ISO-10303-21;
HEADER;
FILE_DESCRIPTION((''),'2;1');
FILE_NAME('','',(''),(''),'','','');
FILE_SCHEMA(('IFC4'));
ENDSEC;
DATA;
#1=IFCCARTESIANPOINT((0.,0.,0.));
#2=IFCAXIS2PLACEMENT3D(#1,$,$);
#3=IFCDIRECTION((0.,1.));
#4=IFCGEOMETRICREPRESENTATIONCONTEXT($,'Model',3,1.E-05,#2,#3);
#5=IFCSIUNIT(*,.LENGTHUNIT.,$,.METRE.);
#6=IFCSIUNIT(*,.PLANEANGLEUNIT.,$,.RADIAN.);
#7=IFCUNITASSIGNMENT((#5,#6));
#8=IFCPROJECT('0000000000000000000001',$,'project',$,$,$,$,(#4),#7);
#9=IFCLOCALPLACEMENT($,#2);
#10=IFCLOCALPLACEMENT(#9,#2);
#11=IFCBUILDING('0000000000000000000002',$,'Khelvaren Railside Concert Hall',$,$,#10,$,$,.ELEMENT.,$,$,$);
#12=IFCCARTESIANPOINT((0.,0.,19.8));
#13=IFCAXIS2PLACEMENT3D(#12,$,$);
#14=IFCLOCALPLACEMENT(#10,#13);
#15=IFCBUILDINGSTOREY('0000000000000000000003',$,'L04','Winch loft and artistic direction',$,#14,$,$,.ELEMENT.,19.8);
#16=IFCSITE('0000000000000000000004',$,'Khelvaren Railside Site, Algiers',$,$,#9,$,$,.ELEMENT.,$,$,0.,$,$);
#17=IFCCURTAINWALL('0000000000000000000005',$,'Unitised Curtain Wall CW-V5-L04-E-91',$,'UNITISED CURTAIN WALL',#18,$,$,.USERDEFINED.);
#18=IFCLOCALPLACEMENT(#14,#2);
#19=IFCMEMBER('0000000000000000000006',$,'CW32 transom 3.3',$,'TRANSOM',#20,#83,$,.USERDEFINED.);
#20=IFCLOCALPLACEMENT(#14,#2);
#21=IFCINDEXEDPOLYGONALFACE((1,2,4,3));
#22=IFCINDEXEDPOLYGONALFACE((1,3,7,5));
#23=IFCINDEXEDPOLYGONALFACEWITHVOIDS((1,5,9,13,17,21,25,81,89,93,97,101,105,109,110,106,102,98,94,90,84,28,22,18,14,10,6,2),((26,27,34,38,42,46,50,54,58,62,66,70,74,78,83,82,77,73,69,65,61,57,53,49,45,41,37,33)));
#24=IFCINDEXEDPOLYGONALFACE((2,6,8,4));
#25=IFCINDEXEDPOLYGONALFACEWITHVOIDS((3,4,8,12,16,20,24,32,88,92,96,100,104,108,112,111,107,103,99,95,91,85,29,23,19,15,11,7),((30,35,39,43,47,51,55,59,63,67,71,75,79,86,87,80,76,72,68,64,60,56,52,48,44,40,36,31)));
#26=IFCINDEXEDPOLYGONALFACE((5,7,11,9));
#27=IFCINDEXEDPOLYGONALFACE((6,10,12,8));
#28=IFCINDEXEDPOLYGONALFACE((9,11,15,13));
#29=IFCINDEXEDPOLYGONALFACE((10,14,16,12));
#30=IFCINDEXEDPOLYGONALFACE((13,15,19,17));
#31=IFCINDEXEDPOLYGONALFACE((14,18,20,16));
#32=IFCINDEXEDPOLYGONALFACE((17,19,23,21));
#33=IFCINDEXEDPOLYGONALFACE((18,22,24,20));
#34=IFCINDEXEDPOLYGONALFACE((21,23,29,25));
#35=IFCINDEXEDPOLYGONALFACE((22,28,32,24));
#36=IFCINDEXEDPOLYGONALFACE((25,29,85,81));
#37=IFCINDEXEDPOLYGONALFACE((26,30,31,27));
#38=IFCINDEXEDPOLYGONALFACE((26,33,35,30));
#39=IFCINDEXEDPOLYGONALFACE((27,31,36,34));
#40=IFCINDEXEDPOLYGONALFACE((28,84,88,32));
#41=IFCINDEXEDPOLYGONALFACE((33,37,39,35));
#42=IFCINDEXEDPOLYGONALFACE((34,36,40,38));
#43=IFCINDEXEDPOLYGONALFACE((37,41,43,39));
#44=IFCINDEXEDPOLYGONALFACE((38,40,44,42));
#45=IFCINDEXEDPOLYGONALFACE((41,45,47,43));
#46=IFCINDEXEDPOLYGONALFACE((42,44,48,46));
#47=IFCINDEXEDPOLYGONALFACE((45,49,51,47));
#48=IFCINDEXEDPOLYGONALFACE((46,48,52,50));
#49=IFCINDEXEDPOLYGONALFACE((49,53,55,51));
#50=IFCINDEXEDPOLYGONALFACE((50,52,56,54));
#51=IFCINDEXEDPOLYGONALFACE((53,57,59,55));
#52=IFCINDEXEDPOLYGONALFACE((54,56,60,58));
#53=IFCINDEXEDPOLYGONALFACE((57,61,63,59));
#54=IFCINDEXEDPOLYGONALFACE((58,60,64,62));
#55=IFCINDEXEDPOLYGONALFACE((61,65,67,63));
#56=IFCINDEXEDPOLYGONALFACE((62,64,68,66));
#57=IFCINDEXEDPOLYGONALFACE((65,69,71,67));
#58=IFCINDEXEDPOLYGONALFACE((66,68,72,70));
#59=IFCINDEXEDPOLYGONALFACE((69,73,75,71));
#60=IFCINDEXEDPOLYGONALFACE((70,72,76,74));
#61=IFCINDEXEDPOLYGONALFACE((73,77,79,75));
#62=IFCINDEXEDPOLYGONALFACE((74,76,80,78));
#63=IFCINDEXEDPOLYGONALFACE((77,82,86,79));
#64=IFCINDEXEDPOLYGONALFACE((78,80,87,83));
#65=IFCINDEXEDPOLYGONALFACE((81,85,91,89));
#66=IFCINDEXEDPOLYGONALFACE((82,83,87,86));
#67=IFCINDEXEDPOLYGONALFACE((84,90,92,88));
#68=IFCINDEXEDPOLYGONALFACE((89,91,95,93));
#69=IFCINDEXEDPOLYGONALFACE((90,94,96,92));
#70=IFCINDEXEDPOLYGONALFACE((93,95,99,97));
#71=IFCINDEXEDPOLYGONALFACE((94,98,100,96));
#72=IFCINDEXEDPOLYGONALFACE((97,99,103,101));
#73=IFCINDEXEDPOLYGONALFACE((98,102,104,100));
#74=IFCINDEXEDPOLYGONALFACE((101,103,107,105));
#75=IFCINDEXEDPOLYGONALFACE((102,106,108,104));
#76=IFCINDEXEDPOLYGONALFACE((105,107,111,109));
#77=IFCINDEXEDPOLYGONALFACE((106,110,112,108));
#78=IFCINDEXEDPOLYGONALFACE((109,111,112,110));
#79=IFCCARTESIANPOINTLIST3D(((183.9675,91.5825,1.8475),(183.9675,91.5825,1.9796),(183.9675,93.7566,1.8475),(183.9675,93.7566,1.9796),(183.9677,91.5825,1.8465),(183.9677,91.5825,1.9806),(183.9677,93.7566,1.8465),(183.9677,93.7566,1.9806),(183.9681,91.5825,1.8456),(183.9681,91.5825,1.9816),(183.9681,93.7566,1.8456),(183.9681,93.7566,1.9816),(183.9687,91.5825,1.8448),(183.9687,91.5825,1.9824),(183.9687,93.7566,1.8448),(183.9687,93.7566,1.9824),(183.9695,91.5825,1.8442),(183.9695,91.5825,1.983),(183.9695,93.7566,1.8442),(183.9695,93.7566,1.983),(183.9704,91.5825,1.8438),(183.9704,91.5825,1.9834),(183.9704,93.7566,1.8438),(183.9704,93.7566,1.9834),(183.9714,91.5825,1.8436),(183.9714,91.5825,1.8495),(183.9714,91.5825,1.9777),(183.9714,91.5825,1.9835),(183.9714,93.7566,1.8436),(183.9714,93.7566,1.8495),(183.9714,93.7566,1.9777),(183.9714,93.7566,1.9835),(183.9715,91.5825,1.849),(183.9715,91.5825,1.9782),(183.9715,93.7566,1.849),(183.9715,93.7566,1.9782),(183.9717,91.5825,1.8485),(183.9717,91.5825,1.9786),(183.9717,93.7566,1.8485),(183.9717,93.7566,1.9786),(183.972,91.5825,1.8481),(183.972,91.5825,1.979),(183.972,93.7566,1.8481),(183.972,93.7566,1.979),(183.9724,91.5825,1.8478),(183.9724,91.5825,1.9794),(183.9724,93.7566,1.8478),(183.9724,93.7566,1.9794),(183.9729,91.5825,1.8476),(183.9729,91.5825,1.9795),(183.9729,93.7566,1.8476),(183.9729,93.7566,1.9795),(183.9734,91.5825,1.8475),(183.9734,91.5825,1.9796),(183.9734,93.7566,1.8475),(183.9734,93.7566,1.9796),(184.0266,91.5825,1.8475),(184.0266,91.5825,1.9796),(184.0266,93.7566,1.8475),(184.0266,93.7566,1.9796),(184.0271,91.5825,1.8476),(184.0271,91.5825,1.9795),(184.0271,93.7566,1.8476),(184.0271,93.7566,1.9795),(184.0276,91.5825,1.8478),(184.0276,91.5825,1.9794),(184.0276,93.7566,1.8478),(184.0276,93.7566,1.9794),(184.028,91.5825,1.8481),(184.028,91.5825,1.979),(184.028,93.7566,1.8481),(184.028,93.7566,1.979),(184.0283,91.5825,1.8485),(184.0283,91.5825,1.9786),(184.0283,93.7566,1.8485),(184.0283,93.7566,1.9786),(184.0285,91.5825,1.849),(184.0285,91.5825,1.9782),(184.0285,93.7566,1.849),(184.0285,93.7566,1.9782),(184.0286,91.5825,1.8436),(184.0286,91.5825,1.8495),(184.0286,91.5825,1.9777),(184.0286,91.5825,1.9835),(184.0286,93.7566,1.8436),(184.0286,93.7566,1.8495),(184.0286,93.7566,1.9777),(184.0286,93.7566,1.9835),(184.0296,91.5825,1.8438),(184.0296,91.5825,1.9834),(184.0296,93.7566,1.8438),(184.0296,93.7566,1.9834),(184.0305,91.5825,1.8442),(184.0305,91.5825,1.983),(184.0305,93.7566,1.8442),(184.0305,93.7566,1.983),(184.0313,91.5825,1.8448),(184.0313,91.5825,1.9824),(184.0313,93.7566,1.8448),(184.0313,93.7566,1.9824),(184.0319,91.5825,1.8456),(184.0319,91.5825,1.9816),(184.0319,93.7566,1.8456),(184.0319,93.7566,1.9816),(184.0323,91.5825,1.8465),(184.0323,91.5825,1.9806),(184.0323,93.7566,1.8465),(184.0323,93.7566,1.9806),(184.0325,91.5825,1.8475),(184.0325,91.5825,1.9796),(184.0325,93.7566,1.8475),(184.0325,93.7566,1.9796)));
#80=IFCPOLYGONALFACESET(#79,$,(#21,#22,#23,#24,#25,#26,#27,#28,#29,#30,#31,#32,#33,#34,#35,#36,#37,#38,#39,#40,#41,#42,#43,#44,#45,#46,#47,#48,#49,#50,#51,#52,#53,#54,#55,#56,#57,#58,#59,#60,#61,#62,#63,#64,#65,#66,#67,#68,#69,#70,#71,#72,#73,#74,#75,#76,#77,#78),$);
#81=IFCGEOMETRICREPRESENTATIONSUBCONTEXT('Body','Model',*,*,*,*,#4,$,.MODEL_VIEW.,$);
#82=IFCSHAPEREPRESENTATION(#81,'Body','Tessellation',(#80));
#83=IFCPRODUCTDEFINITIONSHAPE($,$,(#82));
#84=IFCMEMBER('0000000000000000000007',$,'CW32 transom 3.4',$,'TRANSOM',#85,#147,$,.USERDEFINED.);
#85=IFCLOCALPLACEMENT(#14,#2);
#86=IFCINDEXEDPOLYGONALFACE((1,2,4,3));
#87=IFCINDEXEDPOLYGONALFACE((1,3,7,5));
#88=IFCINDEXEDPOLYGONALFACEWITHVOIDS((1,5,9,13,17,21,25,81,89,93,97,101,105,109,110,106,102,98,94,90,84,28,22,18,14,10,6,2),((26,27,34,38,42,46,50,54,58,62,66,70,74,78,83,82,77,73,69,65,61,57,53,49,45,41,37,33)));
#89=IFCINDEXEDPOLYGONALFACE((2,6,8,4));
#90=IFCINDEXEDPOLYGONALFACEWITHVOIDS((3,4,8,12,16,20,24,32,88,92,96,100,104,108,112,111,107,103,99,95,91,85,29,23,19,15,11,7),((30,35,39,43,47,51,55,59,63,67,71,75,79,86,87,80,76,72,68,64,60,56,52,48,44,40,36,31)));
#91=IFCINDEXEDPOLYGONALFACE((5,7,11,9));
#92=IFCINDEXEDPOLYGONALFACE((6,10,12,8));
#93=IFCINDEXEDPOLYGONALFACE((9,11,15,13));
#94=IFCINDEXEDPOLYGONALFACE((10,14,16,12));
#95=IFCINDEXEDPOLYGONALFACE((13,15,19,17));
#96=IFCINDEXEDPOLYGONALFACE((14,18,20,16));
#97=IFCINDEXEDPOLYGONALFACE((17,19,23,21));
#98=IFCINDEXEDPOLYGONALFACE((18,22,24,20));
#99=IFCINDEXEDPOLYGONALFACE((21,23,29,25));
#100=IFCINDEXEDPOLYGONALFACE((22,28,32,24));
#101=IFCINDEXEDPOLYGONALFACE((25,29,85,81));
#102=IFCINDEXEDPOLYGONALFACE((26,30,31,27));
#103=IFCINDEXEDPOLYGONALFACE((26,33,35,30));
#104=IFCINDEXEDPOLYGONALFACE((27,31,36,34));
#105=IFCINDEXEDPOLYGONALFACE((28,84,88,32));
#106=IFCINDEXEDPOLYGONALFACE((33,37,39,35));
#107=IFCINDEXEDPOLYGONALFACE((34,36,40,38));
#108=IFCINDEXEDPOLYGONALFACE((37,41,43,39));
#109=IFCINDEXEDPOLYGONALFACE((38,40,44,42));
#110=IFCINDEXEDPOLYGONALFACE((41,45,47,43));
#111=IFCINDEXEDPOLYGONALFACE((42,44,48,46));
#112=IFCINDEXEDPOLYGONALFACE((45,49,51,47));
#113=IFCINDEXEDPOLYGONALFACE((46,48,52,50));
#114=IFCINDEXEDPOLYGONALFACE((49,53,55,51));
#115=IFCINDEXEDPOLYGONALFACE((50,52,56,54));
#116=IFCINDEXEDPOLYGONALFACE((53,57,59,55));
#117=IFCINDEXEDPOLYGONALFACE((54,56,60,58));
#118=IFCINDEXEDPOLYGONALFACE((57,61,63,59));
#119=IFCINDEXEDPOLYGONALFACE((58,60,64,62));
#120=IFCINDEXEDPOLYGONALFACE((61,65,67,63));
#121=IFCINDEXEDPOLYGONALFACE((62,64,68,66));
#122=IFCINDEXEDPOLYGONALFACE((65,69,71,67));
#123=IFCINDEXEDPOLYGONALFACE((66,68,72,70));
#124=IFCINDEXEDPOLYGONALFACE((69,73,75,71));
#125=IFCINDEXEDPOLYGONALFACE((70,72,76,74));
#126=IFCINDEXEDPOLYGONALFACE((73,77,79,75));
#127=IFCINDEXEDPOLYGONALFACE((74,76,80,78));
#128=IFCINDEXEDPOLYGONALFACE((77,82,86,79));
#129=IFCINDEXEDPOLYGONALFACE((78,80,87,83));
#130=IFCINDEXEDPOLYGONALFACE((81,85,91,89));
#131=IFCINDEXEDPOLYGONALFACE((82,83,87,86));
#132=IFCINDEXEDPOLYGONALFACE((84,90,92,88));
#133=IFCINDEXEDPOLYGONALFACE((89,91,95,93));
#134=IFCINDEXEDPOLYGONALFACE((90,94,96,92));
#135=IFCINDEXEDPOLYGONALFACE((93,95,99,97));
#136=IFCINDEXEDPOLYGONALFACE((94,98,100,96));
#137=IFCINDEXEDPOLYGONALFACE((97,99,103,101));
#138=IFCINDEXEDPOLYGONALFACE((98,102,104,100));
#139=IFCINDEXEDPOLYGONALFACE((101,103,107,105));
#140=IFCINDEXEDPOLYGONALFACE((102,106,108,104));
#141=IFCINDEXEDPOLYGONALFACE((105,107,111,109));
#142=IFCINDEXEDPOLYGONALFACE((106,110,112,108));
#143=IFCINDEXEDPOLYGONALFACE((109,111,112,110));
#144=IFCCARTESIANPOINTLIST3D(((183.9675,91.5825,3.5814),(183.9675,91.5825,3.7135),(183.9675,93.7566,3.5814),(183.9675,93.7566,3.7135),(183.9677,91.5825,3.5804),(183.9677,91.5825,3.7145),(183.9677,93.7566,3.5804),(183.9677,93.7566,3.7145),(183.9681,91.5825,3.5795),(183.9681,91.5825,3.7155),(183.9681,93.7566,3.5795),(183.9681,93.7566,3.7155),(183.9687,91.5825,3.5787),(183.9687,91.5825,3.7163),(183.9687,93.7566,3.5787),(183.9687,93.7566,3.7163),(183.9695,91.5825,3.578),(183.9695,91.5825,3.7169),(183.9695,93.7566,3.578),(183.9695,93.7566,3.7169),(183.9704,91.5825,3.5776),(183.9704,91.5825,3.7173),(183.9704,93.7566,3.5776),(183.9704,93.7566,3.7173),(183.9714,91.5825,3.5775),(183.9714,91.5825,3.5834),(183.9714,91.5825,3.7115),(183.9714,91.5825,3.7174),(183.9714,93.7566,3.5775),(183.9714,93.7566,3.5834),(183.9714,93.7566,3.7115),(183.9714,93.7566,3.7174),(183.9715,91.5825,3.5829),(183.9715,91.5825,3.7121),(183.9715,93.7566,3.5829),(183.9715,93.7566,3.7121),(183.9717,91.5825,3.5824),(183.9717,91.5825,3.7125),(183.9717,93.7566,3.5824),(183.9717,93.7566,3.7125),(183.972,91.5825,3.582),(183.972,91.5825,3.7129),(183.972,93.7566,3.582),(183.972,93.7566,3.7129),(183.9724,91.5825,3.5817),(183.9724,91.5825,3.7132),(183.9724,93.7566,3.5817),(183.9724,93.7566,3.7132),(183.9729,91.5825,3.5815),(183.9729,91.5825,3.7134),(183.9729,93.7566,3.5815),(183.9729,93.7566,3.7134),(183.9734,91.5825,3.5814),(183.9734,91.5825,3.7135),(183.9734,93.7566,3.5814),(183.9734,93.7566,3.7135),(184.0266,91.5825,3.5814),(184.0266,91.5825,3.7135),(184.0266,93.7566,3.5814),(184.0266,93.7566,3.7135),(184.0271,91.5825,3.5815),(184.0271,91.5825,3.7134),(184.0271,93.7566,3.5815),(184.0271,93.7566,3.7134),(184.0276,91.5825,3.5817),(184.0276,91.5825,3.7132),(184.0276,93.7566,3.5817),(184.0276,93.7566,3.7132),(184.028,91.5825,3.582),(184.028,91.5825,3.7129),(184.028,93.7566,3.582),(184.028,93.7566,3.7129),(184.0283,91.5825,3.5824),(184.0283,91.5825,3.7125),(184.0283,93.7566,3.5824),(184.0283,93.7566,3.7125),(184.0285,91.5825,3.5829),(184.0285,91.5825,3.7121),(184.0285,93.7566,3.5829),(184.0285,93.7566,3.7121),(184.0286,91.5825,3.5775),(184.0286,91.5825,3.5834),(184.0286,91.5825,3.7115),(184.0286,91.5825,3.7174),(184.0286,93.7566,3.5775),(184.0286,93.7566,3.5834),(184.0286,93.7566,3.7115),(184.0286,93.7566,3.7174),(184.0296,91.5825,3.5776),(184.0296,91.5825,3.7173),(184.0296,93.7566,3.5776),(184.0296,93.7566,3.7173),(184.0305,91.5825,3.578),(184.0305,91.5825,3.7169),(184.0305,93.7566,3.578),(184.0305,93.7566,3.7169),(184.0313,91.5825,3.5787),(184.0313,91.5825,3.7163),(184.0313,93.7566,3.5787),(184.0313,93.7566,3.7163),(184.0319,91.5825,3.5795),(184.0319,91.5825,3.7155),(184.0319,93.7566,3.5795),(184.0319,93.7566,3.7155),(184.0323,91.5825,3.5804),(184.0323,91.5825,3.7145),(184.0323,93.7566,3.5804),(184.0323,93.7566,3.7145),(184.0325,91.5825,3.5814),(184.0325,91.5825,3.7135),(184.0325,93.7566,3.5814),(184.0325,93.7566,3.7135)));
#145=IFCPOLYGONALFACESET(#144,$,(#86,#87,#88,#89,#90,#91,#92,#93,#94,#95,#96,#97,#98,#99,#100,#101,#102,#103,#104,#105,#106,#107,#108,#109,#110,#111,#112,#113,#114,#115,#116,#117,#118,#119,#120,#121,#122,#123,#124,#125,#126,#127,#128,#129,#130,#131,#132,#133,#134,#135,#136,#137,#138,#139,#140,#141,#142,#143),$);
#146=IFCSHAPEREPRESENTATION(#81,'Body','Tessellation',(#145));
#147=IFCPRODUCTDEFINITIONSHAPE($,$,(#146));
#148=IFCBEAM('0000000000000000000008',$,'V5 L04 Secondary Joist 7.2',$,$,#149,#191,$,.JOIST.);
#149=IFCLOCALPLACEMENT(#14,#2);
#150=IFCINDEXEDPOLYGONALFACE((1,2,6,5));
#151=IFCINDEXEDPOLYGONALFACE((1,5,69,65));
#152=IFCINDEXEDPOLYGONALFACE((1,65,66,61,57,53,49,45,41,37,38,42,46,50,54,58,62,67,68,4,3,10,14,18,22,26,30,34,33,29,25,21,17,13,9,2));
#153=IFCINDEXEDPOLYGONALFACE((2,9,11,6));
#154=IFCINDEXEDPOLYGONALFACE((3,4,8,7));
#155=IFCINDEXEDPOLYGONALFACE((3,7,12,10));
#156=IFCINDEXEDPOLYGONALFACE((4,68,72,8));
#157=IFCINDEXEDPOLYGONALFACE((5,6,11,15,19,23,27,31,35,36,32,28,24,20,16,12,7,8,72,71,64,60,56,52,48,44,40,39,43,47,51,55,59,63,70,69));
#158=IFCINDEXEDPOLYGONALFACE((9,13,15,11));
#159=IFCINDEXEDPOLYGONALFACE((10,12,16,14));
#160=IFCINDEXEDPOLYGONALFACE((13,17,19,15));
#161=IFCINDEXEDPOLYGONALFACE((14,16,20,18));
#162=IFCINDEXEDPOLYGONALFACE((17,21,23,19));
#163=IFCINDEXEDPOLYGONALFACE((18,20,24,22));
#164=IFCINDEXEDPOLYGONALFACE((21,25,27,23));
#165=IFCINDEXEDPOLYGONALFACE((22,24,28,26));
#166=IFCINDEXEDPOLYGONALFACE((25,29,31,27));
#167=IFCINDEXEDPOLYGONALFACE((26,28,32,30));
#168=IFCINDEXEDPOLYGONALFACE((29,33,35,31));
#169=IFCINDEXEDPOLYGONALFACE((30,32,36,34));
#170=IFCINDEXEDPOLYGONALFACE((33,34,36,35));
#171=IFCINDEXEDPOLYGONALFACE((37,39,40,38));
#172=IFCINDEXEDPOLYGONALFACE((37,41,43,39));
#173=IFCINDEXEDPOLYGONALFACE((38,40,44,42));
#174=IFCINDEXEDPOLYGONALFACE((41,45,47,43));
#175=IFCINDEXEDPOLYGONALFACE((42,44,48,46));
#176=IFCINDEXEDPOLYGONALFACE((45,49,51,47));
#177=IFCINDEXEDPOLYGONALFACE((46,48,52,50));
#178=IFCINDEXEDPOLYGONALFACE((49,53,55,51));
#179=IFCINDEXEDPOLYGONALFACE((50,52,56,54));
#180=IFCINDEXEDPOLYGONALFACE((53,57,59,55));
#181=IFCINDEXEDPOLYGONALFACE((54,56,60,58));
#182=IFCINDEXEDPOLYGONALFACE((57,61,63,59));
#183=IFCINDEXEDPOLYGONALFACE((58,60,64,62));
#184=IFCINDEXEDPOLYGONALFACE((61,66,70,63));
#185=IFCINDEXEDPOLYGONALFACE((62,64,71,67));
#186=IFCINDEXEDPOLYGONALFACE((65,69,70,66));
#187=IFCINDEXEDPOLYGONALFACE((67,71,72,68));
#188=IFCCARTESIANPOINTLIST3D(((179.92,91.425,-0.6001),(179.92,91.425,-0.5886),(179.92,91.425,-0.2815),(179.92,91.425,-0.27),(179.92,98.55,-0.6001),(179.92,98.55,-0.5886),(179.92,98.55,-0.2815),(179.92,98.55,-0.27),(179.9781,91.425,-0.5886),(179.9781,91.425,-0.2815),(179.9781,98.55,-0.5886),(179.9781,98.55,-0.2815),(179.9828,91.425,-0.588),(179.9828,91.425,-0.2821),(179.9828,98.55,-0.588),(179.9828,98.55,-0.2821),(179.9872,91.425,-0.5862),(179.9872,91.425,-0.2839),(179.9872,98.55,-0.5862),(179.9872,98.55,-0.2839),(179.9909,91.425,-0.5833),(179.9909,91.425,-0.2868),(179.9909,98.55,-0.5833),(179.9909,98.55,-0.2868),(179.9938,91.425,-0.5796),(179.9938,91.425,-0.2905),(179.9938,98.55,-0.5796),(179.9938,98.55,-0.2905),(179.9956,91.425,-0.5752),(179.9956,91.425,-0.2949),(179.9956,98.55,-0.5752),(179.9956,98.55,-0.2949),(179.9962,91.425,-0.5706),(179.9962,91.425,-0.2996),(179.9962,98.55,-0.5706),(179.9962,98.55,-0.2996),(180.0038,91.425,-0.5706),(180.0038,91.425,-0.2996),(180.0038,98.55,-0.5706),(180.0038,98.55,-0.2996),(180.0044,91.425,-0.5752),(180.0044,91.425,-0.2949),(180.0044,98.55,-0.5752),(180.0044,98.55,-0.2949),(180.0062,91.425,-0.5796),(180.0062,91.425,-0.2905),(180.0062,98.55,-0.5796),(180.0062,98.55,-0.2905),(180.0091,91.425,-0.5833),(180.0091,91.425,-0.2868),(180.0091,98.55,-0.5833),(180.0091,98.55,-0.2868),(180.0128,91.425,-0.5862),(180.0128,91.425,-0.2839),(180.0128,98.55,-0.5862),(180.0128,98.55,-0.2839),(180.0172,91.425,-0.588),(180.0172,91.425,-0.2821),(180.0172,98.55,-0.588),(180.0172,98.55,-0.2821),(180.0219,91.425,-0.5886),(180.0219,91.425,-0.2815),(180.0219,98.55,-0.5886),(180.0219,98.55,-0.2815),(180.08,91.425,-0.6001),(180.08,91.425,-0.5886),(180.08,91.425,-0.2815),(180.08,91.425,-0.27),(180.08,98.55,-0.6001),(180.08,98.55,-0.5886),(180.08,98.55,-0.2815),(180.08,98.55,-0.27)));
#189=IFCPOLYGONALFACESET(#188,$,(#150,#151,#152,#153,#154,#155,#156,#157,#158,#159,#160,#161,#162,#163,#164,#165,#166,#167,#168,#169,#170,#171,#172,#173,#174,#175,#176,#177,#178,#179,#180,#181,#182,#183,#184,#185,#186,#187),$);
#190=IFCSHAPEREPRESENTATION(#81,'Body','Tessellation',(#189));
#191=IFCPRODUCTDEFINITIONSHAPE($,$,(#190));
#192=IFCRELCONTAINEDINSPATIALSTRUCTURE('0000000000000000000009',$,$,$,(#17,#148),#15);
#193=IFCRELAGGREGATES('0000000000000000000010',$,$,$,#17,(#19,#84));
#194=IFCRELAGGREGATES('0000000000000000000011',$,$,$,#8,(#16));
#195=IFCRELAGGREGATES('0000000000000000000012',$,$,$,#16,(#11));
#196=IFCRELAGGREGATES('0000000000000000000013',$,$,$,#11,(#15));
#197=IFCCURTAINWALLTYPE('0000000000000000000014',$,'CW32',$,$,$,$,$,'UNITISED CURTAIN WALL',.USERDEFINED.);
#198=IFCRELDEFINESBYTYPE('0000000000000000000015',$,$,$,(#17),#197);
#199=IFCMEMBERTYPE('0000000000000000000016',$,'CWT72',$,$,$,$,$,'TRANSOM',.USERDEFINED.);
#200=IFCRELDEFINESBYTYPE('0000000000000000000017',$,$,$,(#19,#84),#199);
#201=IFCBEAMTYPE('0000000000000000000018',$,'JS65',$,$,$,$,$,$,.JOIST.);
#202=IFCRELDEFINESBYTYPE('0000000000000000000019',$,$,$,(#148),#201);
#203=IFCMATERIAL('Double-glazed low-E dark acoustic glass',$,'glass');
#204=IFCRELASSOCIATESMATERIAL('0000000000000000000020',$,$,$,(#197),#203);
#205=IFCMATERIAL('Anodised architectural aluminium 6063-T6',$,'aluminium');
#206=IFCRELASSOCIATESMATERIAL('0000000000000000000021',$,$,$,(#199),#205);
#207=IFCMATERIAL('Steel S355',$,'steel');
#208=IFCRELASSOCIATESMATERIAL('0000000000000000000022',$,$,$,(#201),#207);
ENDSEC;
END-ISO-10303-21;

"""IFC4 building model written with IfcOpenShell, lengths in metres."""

from ifc_helpers import new_model, si_unit, direction, frame, origin, origin_2d, place, context, subcontext, project, spatial, hollow_rectangle, i_section, extrude, material, material_profile, profile_set, type_object, element, aggregate, save


model = new_model("IFC4")

# Units and contexts
model_context = context("Model", 3, precision=1e-05, world=origin(), true_north=direction((0.0, 1.0)))
body_context = subcontext(model_context, "Body", "Model", "MODEL_VIEW")
ifc_project = project(units=[si_unit("LENGTHUNIT", "METRE"), si_unit("PLANEANGLEUNIT", "RADIAN")], contexts=[model_context])

# Site, building, storey
site_placement = place(None, origin())
site = spatial("IfcSite", under=ifc_project, at=site_placement, Name="Khelvaren Railside Site, Algiers", CompositionType="ELEMENT", RefElevation=0.0)
building_placement = place(site_placement, origin())
building = spatial("IfcBuilding", under=site, at=building_placement, Name="Khelvaren Railside Concert Hall", CompositionType="ELEMENT")
storey_placement = place(building_placement, frame((0.0, 0.0, 19.8)))
storey = spatial("IfcBuildingStorey", under=building, at=storey_placement, Name="L04", Description="Winch loft and artistic direction", CompositionType="ELEMENT", Elevation=19.8)

# Curtain wall
ifc_material_1 = material(Name="Anodised architectural aluminium 6063-T6", Category="aluminium")
ifc_material_2 = material(Name="Double-glazed low-E dark acoustic glass", Category="glass")
curtain_wall_type_1 = type_object("IfcCurtainWallType", Name="CW32", ElementType="UNITISED CURTAIN WALL", PredefinedType="USERDEFINED", material=ifc_material_2)
curtain_wall_1_placement = place(storey_placement, origin())
curtain_wall_1 = element("IfcCurtainWall", 1, at=curtain_wall_1_placement, inside=storey, type_object=curtain_wall_type_1, Name="Unitised Curtain Wall CW-V5-L04-E-91", ObjectType="UNITISED CURTAIN WALL", PredefinedType="USERDEFINED")

# Members
ifc_material_profile_1 = material_profile(ifc_material_1, hollow_rectangle(XDim=0.0649, YDim=0.1399, WallThickness=0.0039, InnerFilletRadius=0.002, OuterFilletRadius=0.0039, at=origin_2d()), Name="CWT 65x140x4")
ifc_profile_set_1 = profile_set([ifc_material_profile_1], Name="Anodised architectural aluminium 6063-T6")
member_type_1 = type_object("IfcMemberType", Name="CWT72", ElementType="TRANSOM", PredefinedType="USERDEFINED", material=ifc_profile_set_1)
member_1_placement = place(storey_placement, frame((184.0, 93.7566, 1.9136), z_axis=(0.0, -1.0, 0.0), x_axis=(1.0, 0.0, 0.0)))
member_1 = element("IfcMember", 2, at=member_1_placement, type_object=member_type_1, Name="CW32 transom 3.3", ObjectType="TRANSOM", PredefinedType="USERDEFINED", context=body_context, shape_type="SweptSolid", body=[
    extrude(hollow_rectangle(XDim=0.0649, YDim=0.1399, WallThickness=0.0039, InnerFilletRadius=0.002, OuterFilletRadius=0.0039, at=origin_2d()), origin(), (0.0, 0.0, 1.0), 2.1741),
])
member_2_placement = place(storey_placement, frame((184.0, 93.7566, 3.6475), z_axis=(0.0, -1.0, 0.0), x_axis=(1.0, 0.0, 0.0)))
member_2 = element("IfcMember", 3, at=member_2_placement, type_object=member_type_1, Name="CW32 transom 3.4", ObjectType="TRANSOM", PredefinedType="USERDEFINED", context=body_context, shape_type="SweptSolid", body=[
    extrude(hollow_rectangle(XDim=0.0649, YDim=0.1399, WallThickness=0.0039, InnerFilletRadius=0.002, OuterFilletRadius=0.0039, at=origin_2d()), origin(), (0.0, 0.0, 1.0), 2.1741),
])

# Beam
ifc_material_3 = material(Name="Steel S355", Category="steel")
ifc_material_profile_2 = material_profile(ifc_material_3, i_section(OverallWidth=0.1599, OverallDepth=0.3301, WebThickness=0.0076, FlangeThickness=0.0115, FilletRadius=0.0181, at=origin_2d()), Name="IPE 330")
ifc_profile_set_2 = profile_set([ifc_material_profile_2], Name="Steel S355")
beam_type_1 = type_object("IfcBeamType", Name="JS65", PredefinedType="JOIST", material=ifc_profile_set_2)
beam_1_placement = place(storey_placement, frame((180.0, 91.425, -0.4351), z_axis=(0.0, 1.0, 0.0), x_axis=(-1.0, 0.0, 0.0)))
element("IfcBeam", 4, at=beam_1_placement, inside=storey, type_object=beam_type_1, Name="V5 L04 Secondary Joist 7.2", PredefinedType="JOIST", context=body_context, shape_type="SweptSolid", body=[
    extrude(i_section(OverallWidth=0.1599, OverallDepth=0.3301, WebThickness=0.0076, FlangeThickness=0.0115, FilletRadius=0.0181, at=origin_2d()), origin(), (0.0, 0.0, 1.0), 7.125),
])

aggregate(curtain_wall_1, [member_1, member_2])

save(model, "model.ifc")
